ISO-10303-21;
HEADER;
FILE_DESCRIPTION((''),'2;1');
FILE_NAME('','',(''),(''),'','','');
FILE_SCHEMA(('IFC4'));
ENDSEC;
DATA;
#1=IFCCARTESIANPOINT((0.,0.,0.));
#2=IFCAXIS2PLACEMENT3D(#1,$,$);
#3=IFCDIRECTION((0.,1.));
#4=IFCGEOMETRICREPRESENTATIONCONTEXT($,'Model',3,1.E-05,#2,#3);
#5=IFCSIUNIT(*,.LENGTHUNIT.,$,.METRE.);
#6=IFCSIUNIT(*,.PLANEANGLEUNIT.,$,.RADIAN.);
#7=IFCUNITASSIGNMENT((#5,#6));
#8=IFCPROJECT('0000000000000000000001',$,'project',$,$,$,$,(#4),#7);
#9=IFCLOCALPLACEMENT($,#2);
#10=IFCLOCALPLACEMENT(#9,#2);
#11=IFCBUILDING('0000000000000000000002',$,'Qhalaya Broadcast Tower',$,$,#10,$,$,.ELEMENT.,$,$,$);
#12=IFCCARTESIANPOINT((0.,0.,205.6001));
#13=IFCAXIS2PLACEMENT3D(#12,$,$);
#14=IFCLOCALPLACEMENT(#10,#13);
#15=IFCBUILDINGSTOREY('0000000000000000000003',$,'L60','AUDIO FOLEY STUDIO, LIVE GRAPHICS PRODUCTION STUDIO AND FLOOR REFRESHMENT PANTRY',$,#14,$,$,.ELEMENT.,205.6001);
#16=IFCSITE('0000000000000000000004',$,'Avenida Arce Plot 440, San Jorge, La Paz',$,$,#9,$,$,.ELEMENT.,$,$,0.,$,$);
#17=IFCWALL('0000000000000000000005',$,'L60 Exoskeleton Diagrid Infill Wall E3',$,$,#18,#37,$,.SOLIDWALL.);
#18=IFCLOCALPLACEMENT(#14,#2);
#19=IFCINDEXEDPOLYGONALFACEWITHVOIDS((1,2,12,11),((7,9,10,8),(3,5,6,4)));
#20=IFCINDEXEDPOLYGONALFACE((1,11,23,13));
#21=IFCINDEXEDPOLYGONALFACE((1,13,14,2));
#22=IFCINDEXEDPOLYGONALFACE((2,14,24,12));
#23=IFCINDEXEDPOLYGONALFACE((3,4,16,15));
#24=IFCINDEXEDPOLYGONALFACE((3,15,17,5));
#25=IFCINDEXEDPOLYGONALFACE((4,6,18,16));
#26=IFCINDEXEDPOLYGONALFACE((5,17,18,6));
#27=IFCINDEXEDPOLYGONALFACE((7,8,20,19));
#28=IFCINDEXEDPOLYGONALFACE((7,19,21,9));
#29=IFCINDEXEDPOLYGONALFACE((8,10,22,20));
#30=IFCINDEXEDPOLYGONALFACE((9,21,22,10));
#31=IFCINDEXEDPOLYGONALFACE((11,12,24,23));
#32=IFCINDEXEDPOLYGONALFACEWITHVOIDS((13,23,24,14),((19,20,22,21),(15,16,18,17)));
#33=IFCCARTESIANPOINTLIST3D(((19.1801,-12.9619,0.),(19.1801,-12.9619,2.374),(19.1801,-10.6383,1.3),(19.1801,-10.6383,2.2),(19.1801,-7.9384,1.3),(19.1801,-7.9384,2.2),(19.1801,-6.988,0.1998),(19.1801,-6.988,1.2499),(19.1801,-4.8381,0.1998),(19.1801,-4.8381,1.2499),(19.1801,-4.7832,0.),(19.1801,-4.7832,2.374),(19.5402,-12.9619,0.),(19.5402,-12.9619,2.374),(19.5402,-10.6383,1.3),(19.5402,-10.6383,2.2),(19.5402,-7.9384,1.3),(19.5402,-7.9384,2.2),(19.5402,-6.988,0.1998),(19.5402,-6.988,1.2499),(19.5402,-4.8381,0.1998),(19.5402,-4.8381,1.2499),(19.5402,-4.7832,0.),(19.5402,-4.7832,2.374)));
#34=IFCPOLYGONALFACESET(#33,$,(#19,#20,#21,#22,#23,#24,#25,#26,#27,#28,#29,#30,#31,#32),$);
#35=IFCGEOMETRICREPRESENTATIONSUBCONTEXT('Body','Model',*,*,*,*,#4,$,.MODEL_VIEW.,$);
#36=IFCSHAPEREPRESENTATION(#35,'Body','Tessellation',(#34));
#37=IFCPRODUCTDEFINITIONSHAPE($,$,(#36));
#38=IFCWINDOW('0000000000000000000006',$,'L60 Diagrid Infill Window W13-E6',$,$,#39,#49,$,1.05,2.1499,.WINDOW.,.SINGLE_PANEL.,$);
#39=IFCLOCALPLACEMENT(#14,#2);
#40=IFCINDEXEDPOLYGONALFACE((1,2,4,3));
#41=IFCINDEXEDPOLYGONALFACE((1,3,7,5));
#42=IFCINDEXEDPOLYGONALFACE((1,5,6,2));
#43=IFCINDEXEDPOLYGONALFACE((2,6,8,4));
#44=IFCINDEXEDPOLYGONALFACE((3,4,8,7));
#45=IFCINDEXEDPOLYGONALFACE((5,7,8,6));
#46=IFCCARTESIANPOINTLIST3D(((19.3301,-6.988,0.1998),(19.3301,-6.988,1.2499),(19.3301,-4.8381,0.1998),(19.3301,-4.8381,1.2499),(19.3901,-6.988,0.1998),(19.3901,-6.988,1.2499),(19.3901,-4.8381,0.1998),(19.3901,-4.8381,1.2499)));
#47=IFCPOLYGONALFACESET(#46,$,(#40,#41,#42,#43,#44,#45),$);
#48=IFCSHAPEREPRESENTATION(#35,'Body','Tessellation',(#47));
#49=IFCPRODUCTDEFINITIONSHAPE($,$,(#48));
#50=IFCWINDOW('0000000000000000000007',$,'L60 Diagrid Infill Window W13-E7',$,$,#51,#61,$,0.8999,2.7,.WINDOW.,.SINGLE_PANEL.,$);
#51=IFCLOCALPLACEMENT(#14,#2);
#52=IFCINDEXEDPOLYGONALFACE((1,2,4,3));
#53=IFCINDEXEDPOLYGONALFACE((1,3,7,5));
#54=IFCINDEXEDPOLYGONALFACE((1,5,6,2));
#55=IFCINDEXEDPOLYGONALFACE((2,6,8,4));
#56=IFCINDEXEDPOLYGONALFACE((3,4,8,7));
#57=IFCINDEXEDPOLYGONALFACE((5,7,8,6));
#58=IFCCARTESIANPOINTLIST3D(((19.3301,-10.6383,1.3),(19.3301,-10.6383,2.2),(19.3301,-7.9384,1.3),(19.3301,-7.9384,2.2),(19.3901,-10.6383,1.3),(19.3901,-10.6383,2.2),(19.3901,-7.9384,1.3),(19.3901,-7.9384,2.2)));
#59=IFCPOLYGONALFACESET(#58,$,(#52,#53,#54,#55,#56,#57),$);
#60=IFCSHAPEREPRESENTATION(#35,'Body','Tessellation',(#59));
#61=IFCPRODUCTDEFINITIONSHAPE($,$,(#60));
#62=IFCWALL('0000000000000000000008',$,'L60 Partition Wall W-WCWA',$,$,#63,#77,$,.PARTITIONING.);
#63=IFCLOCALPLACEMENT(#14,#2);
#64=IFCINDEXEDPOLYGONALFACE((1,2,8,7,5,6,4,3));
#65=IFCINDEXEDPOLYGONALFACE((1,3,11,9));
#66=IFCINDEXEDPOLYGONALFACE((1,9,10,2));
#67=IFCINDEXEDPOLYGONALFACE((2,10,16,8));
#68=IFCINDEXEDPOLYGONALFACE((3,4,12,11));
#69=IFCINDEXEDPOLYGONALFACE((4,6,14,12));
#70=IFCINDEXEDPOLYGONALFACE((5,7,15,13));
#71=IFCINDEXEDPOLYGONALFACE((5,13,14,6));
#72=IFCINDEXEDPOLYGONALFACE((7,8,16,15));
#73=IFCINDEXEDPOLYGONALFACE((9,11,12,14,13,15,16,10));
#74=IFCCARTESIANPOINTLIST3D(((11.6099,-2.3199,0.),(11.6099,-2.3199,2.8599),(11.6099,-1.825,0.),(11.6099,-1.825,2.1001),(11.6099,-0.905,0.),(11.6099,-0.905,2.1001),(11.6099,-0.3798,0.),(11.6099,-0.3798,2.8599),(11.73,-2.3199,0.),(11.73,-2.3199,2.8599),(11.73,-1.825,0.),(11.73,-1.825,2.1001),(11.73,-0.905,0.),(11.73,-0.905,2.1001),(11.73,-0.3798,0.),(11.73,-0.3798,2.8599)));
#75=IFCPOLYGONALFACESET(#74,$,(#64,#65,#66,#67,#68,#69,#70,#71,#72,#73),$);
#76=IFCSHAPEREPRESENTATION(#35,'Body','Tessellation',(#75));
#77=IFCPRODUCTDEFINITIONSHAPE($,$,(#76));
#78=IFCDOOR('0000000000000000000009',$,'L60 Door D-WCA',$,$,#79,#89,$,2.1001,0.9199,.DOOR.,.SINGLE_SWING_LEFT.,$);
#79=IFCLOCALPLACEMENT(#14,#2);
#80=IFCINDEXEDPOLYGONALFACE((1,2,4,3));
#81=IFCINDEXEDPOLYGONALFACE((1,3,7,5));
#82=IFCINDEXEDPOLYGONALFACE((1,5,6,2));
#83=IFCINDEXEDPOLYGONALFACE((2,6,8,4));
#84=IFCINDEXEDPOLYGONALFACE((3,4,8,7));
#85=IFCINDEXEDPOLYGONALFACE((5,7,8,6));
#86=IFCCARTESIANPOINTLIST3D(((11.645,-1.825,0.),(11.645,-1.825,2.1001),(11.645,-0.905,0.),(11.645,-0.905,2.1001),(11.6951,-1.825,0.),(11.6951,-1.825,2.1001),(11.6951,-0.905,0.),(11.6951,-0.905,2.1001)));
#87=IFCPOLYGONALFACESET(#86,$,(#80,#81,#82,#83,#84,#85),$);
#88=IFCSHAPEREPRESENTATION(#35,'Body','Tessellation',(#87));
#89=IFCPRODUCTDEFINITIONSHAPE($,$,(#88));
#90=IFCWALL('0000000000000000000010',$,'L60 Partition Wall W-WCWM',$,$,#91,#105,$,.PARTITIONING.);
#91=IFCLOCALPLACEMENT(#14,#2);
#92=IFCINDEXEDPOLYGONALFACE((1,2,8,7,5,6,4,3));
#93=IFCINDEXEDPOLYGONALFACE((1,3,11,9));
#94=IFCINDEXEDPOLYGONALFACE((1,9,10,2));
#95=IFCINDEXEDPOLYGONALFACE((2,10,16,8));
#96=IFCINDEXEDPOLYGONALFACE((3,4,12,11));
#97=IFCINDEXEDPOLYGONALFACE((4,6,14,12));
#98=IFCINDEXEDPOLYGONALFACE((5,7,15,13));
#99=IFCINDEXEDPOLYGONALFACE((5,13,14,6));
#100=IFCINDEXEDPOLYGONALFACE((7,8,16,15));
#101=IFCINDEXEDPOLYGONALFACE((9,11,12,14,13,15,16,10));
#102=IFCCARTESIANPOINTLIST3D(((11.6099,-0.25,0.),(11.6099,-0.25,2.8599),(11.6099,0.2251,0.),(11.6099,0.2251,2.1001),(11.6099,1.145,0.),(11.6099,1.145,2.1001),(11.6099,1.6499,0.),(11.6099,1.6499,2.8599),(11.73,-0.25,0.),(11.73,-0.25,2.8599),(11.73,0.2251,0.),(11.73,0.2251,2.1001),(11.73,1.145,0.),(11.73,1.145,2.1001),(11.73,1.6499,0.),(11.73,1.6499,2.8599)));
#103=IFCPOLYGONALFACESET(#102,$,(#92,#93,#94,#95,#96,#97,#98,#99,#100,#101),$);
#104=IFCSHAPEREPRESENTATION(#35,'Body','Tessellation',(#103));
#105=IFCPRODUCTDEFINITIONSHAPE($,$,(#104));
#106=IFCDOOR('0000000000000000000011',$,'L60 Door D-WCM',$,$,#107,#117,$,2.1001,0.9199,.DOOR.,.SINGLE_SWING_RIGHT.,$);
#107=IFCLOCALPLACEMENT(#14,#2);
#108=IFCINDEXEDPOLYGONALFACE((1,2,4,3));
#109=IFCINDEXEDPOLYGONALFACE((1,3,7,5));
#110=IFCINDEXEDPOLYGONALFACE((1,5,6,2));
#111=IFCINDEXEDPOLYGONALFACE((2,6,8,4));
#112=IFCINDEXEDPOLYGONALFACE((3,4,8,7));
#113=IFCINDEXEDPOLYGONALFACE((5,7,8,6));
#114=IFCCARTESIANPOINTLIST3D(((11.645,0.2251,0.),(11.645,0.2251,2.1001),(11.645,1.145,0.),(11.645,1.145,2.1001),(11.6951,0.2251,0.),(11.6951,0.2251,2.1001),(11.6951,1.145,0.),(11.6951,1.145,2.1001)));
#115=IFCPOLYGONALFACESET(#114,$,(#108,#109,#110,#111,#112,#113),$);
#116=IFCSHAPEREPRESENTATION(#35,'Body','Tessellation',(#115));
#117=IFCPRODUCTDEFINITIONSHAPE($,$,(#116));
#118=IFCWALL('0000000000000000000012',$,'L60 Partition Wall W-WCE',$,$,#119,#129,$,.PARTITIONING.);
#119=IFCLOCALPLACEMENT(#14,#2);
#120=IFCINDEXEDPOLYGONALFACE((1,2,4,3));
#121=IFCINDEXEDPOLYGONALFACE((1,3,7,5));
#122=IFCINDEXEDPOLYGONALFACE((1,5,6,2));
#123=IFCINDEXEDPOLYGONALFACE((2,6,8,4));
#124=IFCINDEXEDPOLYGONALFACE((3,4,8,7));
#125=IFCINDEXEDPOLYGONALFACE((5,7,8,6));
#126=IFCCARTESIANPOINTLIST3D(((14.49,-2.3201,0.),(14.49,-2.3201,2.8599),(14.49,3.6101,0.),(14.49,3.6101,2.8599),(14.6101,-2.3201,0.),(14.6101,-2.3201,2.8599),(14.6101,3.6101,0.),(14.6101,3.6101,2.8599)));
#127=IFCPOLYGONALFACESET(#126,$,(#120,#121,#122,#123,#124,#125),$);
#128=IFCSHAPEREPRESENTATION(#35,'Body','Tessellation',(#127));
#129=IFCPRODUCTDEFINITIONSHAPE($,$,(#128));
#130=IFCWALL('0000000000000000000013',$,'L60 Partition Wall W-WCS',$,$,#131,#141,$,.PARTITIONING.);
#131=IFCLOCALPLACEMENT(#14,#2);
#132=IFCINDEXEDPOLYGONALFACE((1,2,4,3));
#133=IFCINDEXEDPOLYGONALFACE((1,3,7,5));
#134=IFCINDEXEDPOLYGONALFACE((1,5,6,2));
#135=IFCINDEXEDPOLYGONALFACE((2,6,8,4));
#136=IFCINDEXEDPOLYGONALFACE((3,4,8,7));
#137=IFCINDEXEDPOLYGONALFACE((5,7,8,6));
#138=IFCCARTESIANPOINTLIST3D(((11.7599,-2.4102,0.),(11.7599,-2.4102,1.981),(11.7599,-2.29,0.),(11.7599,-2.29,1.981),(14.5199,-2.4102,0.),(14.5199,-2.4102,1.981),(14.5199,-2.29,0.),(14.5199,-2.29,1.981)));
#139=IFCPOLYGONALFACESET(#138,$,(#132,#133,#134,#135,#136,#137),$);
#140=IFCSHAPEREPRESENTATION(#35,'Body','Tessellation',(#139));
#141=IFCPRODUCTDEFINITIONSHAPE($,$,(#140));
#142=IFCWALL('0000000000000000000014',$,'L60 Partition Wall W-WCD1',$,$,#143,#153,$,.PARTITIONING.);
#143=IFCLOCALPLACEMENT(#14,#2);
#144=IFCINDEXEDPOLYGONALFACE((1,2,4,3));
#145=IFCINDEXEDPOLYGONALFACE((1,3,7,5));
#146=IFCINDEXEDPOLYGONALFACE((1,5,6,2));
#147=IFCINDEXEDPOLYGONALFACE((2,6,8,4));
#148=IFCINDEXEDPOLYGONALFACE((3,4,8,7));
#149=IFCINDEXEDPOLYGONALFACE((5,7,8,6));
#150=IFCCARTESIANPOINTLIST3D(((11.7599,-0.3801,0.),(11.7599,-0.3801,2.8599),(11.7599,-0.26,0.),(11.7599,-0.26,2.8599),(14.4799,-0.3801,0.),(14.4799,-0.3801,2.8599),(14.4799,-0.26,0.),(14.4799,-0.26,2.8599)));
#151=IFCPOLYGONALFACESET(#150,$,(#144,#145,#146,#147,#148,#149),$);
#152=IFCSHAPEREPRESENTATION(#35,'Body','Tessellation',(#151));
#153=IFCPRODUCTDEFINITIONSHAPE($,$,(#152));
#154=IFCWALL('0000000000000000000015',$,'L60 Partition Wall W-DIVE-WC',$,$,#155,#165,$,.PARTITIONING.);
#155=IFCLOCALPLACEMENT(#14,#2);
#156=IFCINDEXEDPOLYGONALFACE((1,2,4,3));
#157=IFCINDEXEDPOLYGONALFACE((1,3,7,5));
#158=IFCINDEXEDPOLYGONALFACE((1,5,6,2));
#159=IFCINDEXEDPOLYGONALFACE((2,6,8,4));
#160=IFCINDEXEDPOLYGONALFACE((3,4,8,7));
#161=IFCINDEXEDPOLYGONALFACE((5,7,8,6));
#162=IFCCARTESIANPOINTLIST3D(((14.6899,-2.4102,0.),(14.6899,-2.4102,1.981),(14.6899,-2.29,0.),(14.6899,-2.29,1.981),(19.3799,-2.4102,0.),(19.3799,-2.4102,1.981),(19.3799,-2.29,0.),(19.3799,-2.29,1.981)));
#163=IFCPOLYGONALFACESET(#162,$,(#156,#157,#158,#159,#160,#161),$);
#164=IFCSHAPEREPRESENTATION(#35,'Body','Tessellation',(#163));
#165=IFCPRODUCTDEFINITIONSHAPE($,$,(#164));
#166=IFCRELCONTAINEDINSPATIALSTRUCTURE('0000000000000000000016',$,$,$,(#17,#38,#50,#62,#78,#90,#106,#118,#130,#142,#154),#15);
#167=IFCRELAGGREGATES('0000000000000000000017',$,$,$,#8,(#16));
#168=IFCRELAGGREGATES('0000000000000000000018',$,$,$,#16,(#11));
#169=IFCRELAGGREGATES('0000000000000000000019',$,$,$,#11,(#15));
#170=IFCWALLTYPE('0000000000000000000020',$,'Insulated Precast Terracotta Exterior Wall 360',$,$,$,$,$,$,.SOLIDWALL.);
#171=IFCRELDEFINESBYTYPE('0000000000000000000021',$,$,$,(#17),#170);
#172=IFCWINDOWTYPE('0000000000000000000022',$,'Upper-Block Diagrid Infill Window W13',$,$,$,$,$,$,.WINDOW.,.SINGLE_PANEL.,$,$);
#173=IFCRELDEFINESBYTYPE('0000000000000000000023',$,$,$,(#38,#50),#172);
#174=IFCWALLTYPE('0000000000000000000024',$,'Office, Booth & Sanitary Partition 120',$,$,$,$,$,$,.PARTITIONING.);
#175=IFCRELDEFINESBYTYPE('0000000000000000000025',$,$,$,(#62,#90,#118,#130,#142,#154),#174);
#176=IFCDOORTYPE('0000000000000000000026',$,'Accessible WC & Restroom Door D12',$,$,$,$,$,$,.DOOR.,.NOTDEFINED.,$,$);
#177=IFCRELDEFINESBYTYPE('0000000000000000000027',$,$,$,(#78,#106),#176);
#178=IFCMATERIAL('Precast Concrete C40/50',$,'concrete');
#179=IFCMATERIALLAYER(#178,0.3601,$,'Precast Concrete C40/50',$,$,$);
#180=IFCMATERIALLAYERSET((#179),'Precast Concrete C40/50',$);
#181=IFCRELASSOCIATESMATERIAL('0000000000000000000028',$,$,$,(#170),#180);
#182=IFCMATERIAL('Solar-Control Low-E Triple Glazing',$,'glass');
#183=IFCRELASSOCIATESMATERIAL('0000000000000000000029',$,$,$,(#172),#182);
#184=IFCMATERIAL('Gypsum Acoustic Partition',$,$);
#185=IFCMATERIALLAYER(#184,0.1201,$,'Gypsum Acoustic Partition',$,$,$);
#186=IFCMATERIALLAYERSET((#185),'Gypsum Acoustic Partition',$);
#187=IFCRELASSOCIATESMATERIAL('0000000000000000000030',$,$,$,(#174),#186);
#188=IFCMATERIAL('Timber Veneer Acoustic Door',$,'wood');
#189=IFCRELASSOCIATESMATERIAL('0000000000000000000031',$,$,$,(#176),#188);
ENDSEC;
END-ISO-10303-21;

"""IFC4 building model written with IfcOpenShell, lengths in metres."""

from ifc_helpers import new_model, si_unit, direction, frame, frame_2d, origin, place, context, subcontext, project, spatial, rectangle, extrude, material, layer, layer_set, type_object, element, fill, save


model = new_model("IFC4")

# Units and contexts
model_context = context("Model", 3, precision=1e-05, world=origin(), true_north=direction((0.0, 1.0)))
body_context = subcontext(model_context, "Body", "Model", "MODEL_VIEW")
ifc_project = project(units=[si_unit("LENGTHUNIT", "METRE"), si_unit("PLANEANGLEUNIT", "RADIAN")], contexts=[model_context])

# Site, building, storey
site_placement = place(None, origin())
site = spatial("IfcSite", under=ifc_project, at=site_placement, Name="Avenida Arce Plot 440, San Jorge, La Paz", CompositionType="ELEMENT", RefElevation=0.0)
building_placement = place(site_placement, origin())
building = spatial("IfcBuilding", under=site, at=building_placement, Name="Qhalaya Broadcast Tower", CompositionType="ELEMENT")
storey_placement = place(building_placement, frame((0.0, 0.0, 205.6001)))
storey = spatial("IfcBuildingStorey", under=building, at=storey_placement, Name="L60", Description="AUDIO FOLEY STUDIO, LIVE GRAPHICS PRODUCTION STUDIO AND FLOOR REFRESHMENT PANTRY", CompositionType="ELEMENT", Elevation=205.6001)

# Wall, openings, windows
ifc_material_1 = material(Name="Precast Concrete C40/50", Category="concrete")
ifc_layer_1 = layer(ifc_material_1, 0.3601, Name="Precast Concrete C40/50")
ifc_layer_set_1 = layer_set([ifc_layer_1], Name="Precast Concrete C40/50")
wall_type_1 = type_object("IfcWallType", Name="Insulated Precast Terracotta Exterior Wall 360", PredefinedType="SOLIDWALL", material=ifc_layer_set_1)
wall_1_placement = place(storey_placement, frame((19.3601, -4.7832, 0.0), z_axis=(0.0, 0.0, 1.0), x_axis=(0.0, -1.0, 0.0)))
wall_1 = element("IfcWall", 1, at=wall_1_placement, inside=storey, type_object=wall_type_1, Name="L60 Exoskeleton Diagrid Infill Wall E3", PredefinedType="SOLIDWALL", context=body_context, shape_type="SweptSolid", body=[
    extrude(rectangle(XDim=8.1787, YDim=0.3601, at=frame_2d((4.0894, 0.0))), origin(), (0.0, 0.0, 1.0), 2.374),
])
opening_1_placement = place(wall_1_placement, frame((0.0549, 0.0, 0.2)))
opening_1 = element("IfcOpeningElement", 2, at=opening_1_placement, cuts=wall_1, PredefinedType="OPENING", context=body_context, shape_type="SweptSolid", body=[
    extrude(rectangle(XDim=2.1499, YDim=1.05, at=frame_2d((1.075, 0.5249))), frame((0.0, 0.1921, 0.0), z_axis=(0.0, -1.0, 0.0), x_axis=(1.0, 0.0, 0.0)), (0.0, 0.0, 1.0), 0.384),
])
opening_2_placement = place(wall_1_placement, frame((3.155, 0.0, 1.3)))
opening_2 = element("IfcOpeningElement", 3, at=opening_2_placement, cuts=wall_1, PredefinedType="OPENING", context=body_context, shape_type="SweptSolid", body=[
    extrude(rectangle(XDim=2.7, YDim=0.8999, at=frame_2d((1.3501, 0.45))), frame((0.0, 0.1921, 0.0), z_axis=(0.0, -1.0, 0.0), x_axis=(1.0, 0.0, 0.0)), (0.0, 0.0, 1.0), 0.384),
])
ifc_material_2 = material(Name="Solar-Control Low-E Triple Glazing", Category="glass")
window_type = type_object("IfcWindowType", Name="Upper-Block Diagrid Infill Window W13", PartitioningType="SINGLE_PANEL", PredefinedType="WINDOW", material=ifc_material_2)
window_1_placement = place(opening_1_placement, origin())
window_1 = element("IfcWindow", 4, at=window_1_placement, inside=storey, type_object=window_type, Name="L60 Diagrid Infill Window W13-E6", OverallHeight=1.05, OverallWidth=2.1499, PartitioningType="SINGLE_PANEL", PredefinedType="WINDOW", context=body_context, shape_type="SweptSolid", body=[
    extrude(rectangle(XDim=2.1499, YDim=1.05, at=frame_2d((1.075, 0.5249))), frame((0.0, 0.03, 0.0), z_axis=(0.0, -1.0, 0.0), x_axis=(1.0, 0.0, 0.0)), (0.0, 0.0, 1.0), 0.0601),
])
fill(opening_1, window_1)
window_2_placement = place(opening_2_placement, origin())
window_2 = element("IfcWindow", 5, at=window_2_placement, inside=storey, type_object=window_type, Name="L60 Diagrid Infill Window W13-E7", OverallHeight=0.8999, OverallWidth=2.7, PartitioningType="SINGLE_PANEL", PredefinedType="WINDOW", context=body_context, shape_type="SweptSolid", body=[
    extrude(rectangle(XDim=2.7, YDim=0.8999, at=frame_2d((1.3501, 0.45))), frame((0.0, 0.03, 0.0), z_axis=(0.0, -1.0, 0.0), x_axis=(1.0, 0.0, 0.0)), (0.0, 0.0, 1.0), 0.0601),
])
fill(opening_2, window_2)

# Walls, openings, doors
ifc_material_3 = material(Name="Gypsum Acoustic Partition")
ifc_layer_2 = layer(ifc_material_3, 0.1201, Name="Gypsum Acoustic Partition")
ifc_layer_set_2 = layer_set([ifc_layer_2], Name="Gypsum Acoustic Partition")
wall_type_2 = type_object("IfcWallType", Name="Office, Booth & Sanitary Partition 120", PredefinedType="PARTITIONING", material=ifc_layer_set_2)
wall_2_placement = place(storey_placement, frame((11.6699, -2.3201, 0.0), z_axis=(0.0, 0.0, 1.0), x_axis=(0.0, 1.0, 0.0)))
wall_2 = element("IfcWall", 6, at=wall_2_placement, inside=storey, type_object=wall_type_2, Name="L60 Partition Wall W-WCWA", PredefinedType="PARTITIONING", context=body_context, shape_type="SweptSolid", body=[
    extrude(rectangle(XDim=1.9402, YDim=0.1201, at=frame_2d((0.9702, 0.0))), origin(), (0.0, 0.0, 1.0), 2.8599),
])
opening_3_placement = place(wall_2_placement, frame((0.4951, 0.0, 0.0)))
opening_3 = element("IfcOpeningElement", 7, at=opening_3_placement, cuts=wall_2, PredefinedType="OPENING", context=body_context, shape_type="SweptSolid", body=[
    extrude(rectangle(XDim=0.9199, YDim=2.1001, at=frame_2d((0.46, 1.05))), frame((0.0, 0.072, 0.0), z_axis=(0.0, -1.0, 0.0), x_axis=(1.0, 0.0, 0.0)), (0.0, 0.0, 1.0), 0.144),
])
ifc_material_4 = material(Name="Timber Veneer Acoustic Door", Category="wood")
door_type = type_object("IfcDoorType", Name="Accessible WC & Restroom Door D12", OperationType="NOTDEFINED", PredefinedType="DOOR", material=ifc_material_4)
door_1_placement = place(opening_3_placement, origin())
door_1 = element("IfcDoor", 8, at=door_1_placement, inside=storey, type_object=door_type, Name="L60 Door D-WCA", OperationType="SINGLE_SWING_LEFT", OverallHeight=2.1001, OverallWidth=0.9199, PredefinedType="DOOR", context=body_context, shape_type="SweptSolid", body=[
    extrude(rectangle(XDim=0.9199, YDim=2.1001, at=frame_2d((0.46, 1.05))), frame((0.0, 0.0249, 0.0), z_axis=(0.0, -1.0, 0.0), x_axis=(1.0, 0.0, 0.0)), (0.0, 0.0, 1.0), 0.05),
])
fill(opening_3, door_1)
wall_3_placement = place(storey_placement, frame((11.6699, -0.25, 0.0), z_axis=(0.0, 0.0, 1.0), x_axis=(0.0, 1.0, 0.0)))
wall_3 = element("IfcWall", 9, at=wall_3_placement, inside=storey, type_object=wall_type_2, Name="L60 Partition Wall W-WCWM", PredefinedType="PARTITIONING", context=body_context, shape_type="SweptSolid", body=[
    extrude(rectangle(XDim=1.8999, YDim=0.1201, at=frame_2d((0.95, 0.0))), origin(), (0.0, 0.0, 1.0), 2.8599),
])
opening_4_placement = place(wall_3_placement, frame((0.4751, 0.0, 0.0)))
opening_4 = element("IfcOpeningElement", 10, at=opening_4_placement, cuts=wall_3, PredefinedType="OPENING", context=body_context, shape_type="SweptSolid", body=[
    extrude(rectangle(XDim=0.9199, YDim=2.1001, at=frame_2d((0.46, 1.05))), frame((0.0, 0.072, 0.0), z_axis=(0.0, -1.0, 0.0), x_axis=(1.0, 0.0, 0.0)), (0.0, 0.0, 1.0), 0.144),
])
door_2_placement = place(opening_4_placement, origin())
door_2 = element("IfcDoor", 11, at=door_2_placement, inside=storey, type_object=door_type, Name="L60 Door D-WCM", OperationType="SINGLE_SWING_RIGHT", OverallHeight=2.1001, OverallWidth=0.9199, PredefinedType="DOOR", context=body_context, shape_type="SweptSolid", body=[
    extrude(rectangle(XDim=0.9199, YDim=2.1001, at=frame_2d((0.46, 1.05))), frame((0.0, 0.0249, 0.0), z_axis=(0.0, -1.0, 0.0), x_axis=(1.0, 0.0, 0.0)), (0.0, 0.0, 1.0), 0.05),
])
fill(opening_4, door_2)

# Walls
wall_4_placement = place(storey_placement, frame((14.55, -2.3201, 0.0), z_axis=(0.0, 0.0, 1.0), x_axis=(0.0, 1.0, 0.0)))
element("IfcWall", 12, at=wall_4_placement, inside=storey, type_object=wall_type_2, Name="L60 Partition Wall W-WCE", PredefinedType="PARTITIONING", context=body_context, shape_type="SweptSolid", body=[
    extrude(rectangle(XDim=5.9302, YDim=0.1201, at=frame_2d((2.9651, 0.0))), origin(), (0.0, 0.0, 1.0), 2.8599),
])
wall_5_placement = place(storey_placement, frame((11.76, -2.3501, 0.0), z_axis=(0.0, 0.0, 1.0), x_axis=(1.0, 0.0, 0.0)))
element("IfcWall", 13, at=wall_5_placement, inside=storey, type_object=wall_type_2, Name="L60 Partition Wall W-WCS", PredefinedType="PARTITIONING", context=body_context, shape_type="SweptSolid", body=[
    extrude(rectangle(XDim=2.76, YDim=0.1201, at=frame_2d((1.3799, 0.0))), origin(), (0.0, 0.0, 1.0), 1.981),
])
wall_6_placement = place(storey_placement, frame((11.76, -0.3201, 0.0), z_axis=(0.0, 0.0, 1.0), x_axis=(1.0, 0.0, 0.0)))
element("IfcWall", 14, at=wall_6_placement, inside=storey, type_object=wall_type_2, Name="L60 Partition Wall W-WCD1", PredefinedType="PARTITIONING", context=body_context, shape_type="SweptSolid", body=[
    extrude(rectangle(XDim=2.72, YDim=0.1201, at=frame_2d((1.3599, 0.0))), origin(), (0.0, 0.0, 1.0), 2.8599),
])
wall_7_placement = place(storey_placement, frame((14.6899, -2.3501, 0.0), z_axis=(0.0, 0.0, 1.0), x_axis=(1.0, 0.0, 0.0)))
element("IfcWall", 15, at=wall_7_placement, inside=storey, type_object=wall_type_2, Name="L60 Partition Wall W-DIVE-WC", PredefinedType="PARTITIONING", context=body_context, shape_type="SweptSolid", body=[
    extrude(rectangle(XDim=4.6899, YDim=0.1201, at=frame_2d((2.345, 0.0))), origin(), (0.0, 0.0, 1.0), 1.981),
])

save(model, "model.ifc")
